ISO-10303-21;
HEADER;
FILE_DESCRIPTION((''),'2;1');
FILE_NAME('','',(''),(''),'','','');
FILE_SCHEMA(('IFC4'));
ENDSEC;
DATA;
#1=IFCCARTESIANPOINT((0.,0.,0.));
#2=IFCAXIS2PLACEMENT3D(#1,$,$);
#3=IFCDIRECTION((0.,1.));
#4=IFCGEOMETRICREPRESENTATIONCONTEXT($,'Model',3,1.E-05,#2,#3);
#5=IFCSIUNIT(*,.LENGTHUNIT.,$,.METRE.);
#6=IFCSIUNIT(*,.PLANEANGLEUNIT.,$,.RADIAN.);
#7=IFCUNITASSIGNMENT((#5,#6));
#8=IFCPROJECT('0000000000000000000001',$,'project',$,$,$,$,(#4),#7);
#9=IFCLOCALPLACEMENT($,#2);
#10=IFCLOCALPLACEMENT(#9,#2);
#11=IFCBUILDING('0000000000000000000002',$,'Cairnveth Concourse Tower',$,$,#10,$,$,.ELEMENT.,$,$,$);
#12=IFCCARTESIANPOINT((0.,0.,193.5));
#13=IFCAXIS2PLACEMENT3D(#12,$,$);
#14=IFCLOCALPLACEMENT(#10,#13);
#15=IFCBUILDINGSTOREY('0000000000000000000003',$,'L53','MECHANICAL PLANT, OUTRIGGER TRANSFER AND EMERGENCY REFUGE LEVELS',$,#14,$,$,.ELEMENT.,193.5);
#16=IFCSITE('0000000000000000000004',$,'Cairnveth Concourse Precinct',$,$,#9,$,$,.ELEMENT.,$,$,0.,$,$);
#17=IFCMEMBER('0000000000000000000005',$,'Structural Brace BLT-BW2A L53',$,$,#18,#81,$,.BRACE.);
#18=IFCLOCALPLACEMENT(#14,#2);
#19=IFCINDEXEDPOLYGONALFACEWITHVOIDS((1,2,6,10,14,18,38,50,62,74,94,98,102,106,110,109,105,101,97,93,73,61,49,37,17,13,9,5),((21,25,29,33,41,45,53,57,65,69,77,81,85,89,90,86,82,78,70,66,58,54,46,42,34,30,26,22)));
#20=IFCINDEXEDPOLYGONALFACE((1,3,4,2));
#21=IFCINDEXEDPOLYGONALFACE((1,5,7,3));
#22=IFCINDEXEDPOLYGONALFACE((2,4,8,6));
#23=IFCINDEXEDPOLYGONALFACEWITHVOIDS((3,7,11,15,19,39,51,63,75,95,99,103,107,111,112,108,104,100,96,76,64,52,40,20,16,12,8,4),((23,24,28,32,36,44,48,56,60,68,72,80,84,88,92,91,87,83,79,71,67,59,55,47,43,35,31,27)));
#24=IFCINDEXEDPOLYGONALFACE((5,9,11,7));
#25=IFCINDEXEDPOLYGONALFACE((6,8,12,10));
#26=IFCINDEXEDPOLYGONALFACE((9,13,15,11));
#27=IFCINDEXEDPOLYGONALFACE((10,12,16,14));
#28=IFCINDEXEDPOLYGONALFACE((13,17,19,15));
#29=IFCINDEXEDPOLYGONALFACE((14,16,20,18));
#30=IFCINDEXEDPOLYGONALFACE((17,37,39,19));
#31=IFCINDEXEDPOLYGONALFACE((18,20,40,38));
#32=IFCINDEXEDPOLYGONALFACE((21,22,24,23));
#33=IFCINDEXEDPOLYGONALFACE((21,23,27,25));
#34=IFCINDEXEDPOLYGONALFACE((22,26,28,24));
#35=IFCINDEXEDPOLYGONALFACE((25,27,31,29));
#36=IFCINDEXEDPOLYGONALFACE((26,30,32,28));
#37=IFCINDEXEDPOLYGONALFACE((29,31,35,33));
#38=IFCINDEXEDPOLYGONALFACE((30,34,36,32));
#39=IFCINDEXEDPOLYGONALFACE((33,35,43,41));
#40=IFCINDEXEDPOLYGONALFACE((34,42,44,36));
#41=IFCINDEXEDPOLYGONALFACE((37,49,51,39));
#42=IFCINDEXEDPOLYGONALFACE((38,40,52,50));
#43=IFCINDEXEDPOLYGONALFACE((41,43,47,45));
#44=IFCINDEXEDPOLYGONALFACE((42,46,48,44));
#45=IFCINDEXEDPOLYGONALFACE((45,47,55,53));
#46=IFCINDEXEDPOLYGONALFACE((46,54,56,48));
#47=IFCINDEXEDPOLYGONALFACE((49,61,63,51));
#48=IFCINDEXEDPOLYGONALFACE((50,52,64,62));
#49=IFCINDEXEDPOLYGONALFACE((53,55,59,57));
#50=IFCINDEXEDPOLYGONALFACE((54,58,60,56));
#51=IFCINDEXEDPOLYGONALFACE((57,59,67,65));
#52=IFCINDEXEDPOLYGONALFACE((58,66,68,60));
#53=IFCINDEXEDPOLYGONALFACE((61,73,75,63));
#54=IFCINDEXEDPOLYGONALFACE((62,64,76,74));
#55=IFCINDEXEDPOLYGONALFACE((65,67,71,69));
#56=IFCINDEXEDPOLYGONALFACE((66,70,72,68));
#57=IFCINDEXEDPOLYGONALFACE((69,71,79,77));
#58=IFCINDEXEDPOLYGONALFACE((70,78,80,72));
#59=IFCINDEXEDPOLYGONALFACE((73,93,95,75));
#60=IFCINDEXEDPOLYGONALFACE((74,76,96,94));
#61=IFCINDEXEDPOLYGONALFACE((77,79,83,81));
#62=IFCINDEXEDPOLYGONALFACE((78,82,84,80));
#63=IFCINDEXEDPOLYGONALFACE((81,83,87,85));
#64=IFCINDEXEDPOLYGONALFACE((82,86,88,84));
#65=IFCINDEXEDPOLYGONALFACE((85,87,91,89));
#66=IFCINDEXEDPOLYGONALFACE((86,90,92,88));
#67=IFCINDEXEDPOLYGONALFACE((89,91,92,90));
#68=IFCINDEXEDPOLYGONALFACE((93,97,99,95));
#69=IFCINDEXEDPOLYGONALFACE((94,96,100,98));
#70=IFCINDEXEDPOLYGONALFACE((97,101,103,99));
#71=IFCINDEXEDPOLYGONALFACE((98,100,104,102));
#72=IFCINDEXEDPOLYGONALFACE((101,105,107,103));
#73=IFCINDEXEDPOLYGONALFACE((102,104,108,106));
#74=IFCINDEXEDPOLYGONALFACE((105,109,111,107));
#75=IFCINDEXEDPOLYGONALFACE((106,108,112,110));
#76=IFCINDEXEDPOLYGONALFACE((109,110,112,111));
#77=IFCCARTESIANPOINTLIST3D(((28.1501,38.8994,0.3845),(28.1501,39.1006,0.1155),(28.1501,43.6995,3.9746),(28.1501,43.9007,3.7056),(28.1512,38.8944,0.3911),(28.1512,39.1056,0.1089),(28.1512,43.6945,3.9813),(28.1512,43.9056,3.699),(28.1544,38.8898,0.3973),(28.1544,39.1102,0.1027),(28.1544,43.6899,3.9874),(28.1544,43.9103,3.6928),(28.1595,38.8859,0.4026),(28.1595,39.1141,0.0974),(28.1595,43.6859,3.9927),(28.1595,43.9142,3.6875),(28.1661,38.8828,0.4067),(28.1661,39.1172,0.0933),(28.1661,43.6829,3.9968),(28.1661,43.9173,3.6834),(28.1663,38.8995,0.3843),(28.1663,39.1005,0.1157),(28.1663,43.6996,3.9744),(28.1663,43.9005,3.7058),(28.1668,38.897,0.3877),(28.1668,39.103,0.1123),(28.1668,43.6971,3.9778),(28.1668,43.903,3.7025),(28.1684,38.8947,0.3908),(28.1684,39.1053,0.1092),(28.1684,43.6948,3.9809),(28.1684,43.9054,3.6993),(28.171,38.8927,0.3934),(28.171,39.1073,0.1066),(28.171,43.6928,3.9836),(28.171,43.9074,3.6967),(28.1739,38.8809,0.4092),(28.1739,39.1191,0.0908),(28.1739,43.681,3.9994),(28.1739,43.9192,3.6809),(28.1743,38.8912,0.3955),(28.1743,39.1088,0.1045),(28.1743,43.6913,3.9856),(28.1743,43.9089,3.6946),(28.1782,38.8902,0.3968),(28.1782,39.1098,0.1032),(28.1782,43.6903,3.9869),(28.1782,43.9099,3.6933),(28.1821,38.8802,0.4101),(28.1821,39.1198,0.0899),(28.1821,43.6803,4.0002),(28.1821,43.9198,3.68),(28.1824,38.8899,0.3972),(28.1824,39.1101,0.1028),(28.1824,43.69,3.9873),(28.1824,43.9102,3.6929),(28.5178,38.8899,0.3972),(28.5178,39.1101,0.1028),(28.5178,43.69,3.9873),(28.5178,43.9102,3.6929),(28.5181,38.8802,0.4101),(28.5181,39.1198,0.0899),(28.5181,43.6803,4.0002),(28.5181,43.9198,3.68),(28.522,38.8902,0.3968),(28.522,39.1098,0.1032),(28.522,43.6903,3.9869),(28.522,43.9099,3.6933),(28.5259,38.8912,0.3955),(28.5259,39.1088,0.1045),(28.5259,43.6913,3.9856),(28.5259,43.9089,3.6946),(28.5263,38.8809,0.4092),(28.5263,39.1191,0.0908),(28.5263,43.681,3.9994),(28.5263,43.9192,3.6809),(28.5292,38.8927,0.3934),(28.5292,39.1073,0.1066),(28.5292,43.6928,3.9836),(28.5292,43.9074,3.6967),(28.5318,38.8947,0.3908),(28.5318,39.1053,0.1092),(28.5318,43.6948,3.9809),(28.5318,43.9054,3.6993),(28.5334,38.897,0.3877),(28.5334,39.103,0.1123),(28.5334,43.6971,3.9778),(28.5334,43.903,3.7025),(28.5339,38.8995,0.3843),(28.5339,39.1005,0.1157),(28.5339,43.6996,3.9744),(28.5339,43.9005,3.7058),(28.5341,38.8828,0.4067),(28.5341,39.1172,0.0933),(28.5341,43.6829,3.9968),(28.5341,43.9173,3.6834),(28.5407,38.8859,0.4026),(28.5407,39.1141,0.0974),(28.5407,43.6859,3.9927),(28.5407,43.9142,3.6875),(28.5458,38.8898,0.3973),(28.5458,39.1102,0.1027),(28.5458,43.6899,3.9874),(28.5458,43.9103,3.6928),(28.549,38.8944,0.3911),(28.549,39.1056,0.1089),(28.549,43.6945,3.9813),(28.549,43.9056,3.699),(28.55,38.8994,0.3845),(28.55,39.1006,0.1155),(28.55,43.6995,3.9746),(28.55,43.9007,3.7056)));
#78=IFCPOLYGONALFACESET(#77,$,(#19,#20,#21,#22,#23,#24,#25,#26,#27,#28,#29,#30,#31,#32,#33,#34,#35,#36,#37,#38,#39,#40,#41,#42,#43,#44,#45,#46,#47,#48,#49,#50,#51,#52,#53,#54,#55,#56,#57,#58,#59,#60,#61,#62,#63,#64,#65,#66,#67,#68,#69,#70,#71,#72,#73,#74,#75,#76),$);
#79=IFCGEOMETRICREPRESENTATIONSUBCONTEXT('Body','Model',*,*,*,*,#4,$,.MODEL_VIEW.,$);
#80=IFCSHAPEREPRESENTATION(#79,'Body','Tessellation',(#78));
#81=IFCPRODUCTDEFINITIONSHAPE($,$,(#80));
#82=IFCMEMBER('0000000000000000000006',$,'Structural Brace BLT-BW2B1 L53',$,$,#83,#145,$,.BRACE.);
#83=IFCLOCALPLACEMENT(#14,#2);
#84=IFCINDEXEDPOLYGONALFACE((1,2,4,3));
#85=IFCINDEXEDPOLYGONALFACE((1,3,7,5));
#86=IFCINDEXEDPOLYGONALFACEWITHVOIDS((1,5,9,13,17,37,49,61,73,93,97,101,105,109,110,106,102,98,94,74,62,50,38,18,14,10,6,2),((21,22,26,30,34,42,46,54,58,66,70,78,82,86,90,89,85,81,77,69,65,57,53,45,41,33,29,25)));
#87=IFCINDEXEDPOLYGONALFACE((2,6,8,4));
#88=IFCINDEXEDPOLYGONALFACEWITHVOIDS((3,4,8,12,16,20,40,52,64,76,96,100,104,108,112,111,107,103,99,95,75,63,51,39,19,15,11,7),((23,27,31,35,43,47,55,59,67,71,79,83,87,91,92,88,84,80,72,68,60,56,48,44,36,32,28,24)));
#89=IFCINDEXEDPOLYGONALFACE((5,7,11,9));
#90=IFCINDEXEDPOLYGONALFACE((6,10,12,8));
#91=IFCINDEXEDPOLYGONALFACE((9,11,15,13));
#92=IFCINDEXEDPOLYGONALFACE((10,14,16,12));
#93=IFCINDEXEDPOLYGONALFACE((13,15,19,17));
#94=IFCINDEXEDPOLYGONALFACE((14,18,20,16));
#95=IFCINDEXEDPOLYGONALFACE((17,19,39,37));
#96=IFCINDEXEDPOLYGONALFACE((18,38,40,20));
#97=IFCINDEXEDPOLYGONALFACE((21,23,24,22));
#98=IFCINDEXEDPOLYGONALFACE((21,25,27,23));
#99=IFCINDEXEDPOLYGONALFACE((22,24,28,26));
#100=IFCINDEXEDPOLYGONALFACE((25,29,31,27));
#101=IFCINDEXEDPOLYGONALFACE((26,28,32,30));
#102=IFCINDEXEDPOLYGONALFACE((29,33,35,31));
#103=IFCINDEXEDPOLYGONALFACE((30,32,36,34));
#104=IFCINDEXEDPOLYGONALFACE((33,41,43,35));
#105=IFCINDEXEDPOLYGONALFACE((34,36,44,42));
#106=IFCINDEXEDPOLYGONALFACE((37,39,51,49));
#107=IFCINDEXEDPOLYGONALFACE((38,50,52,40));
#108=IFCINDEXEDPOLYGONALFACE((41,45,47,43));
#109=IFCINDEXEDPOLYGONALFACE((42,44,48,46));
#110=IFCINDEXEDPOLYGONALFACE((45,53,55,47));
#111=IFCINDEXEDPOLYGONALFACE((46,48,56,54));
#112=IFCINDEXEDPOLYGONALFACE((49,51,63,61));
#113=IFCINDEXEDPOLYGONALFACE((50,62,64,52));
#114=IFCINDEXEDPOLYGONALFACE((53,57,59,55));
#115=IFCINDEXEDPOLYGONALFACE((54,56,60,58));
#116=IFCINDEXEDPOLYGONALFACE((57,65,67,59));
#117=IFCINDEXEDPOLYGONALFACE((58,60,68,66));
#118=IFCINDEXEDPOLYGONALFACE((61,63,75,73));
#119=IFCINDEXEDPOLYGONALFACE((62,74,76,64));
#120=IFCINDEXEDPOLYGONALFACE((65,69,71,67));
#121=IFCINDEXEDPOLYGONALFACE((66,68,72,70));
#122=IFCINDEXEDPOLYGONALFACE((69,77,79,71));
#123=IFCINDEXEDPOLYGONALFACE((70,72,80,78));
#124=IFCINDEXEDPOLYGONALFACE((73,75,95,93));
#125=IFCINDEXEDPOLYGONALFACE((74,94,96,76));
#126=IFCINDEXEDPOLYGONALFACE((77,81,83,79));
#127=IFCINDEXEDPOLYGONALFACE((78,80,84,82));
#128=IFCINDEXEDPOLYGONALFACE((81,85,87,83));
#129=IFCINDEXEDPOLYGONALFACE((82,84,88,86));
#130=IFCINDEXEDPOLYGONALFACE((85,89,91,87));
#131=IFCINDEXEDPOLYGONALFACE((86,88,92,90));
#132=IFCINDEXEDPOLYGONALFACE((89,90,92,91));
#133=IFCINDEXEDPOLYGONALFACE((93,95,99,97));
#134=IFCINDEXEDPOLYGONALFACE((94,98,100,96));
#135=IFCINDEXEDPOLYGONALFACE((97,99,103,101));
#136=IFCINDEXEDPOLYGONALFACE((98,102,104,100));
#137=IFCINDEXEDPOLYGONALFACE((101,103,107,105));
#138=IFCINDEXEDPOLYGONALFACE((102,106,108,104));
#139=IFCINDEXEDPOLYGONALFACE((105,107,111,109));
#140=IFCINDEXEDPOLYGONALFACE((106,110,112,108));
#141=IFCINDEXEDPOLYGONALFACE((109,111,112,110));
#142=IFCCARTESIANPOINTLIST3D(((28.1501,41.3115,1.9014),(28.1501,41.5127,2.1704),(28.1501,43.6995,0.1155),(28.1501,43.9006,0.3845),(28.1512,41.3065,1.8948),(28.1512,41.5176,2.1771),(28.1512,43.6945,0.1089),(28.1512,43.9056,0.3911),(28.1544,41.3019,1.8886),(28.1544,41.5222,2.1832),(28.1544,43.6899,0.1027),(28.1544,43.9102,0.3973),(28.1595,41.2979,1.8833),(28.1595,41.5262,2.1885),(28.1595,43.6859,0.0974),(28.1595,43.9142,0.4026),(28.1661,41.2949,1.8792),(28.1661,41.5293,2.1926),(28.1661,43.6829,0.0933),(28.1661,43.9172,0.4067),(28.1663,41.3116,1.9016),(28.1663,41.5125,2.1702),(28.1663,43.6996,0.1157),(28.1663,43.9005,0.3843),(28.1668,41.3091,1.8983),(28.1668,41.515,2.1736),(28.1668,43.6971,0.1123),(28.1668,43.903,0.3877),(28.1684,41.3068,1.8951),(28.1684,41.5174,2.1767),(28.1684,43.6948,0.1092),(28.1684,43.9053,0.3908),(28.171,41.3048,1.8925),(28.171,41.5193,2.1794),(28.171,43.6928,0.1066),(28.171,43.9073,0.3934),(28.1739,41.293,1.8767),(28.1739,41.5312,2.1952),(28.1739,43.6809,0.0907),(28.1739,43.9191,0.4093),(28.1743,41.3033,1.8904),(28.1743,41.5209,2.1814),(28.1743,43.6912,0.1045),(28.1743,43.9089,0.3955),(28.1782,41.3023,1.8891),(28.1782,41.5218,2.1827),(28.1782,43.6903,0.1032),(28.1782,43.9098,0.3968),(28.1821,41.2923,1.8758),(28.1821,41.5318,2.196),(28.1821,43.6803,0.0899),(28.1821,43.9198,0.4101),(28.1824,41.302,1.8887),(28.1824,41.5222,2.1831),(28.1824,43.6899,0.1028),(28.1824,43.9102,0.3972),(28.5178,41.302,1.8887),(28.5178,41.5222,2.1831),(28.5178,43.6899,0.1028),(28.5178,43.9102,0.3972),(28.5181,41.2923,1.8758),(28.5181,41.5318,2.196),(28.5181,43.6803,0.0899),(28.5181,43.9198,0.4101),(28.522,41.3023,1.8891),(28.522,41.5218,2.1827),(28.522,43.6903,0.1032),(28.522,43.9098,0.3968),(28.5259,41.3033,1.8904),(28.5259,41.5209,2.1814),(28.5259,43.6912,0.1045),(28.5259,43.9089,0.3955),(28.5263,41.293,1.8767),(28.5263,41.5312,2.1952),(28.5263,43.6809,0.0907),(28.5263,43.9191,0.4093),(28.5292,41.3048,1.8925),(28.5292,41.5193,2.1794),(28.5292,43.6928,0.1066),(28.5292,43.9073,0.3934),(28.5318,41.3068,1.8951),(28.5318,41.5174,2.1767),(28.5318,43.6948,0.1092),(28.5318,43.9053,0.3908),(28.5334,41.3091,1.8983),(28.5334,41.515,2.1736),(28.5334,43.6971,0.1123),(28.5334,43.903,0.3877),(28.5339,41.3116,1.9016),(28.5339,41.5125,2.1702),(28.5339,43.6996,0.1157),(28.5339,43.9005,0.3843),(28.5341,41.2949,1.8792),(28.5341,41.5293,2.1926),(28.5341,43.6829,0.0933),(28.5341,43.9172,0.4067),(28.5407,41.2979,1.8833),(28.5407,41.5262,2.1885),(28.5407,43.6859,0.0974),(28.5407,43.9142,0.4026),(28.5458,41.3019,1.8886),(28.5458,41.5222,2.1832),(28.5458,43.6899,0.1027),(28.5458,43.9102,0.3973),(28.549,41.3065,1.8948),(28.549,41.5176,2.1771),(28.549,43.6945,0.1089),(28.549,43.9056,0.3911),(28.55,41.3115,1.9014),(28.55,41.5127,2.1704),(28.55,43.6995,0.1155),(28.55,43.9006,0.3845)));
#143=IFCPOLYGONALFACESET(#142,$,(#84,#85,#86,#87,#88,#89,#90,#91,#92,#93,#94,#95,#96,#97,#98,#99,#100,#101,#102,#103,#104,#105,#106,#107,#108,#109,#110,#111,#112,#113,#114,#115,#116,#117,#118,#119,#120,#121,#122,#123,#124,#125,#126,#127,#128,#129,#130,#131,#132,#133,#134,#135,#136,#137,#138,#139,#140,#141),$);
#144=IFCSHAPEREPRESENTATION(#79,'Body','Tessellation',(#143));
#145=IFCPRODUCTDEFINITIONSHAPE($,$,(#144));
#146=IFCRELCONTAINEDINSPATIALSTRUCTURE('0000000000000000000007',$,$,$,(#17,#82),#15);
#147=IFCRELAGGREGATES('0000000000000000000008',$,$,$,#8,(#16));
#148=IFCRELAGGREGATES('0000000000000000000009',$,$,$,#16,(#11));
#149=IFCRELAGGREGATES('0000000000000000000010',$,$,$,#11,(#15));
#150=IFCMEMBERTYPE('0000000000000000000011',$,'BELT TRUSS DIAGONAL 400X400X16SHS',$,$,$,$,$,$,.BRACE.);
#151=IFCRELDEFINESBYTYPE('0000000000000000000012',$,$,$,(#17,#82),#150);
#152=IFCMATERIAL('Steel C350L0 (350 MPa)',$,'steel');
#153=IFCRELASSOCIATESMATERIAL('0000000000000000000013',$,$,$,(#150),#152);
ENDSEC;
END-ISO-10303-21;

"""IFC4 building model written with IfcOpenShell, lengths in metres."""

from ifc_helpers import new_model, si_unit, direction, frame, origin, origin_2d, place, context, subcontext, project, spatial, hollow_rectangle, extrude, material, material_profile, profile_set, type_object, element, save


model = new_model("IFC4")

# Units and contexts
model_context = context("Model", 3, precision=1e-05, world=origin(), true_north=direction((0.0, 1.0)))
body_context = subcontext(model_context, "Body", "Model", "MODEL_VIEW")
ifc_project = project(units=[si_unit("LENGTHUNIT", "METRE"), si_unit("PLANEANGLEUNIT", "RADIAN")], contexts=[model_context])

# Site, building, storey
site_placement = place(None, origin())
site = spatial("IfcSite", under=ifc_project, at=site_placement, Name="Cairnveth Concourse Precinct", CompositionType="ELEMENT", RefElevation=0.0)
building_placement = place(site_placement, origin())
building = spatial("IfcBuilding", under=site, at=building_placement, Name="Cairnveth Concourse Tower", CompositionType="ELEMENT")
storey_placement = place(building_placement, frame((0.0, 0.0, 193.5)))
storey = spatial("IfcBuildingStorey", under=building, at=storey_placement, Name="L53", Description="MECHANICAL PLANT, OUTRIGGER TRANSFER AND EMERGENCY REFUGE LEVELS", CompositionType="ELEMENT", Elevation=193.5)

# Members
ifc_material_1 = material(Name="Steel C350L0 (350 MPa)", Category="steel")
ifc_material_profile_1 = material_profile(ifc_material_1, hollow_rectangle(XDim=0.3999, YDim=0.3999, WallThickness=0.0161, InnerFilletRadius=0.0161, OuterFilletRadius=0.032, at=origin_2d()), Name="400x400x16.0SHS")
ifc_profile_set_1 = profile_set([ifc_material_profile_1], Name="Steel C350L0 (350 MPa)")
member_type_1 = type_object("IfcMemberType", Name="BELT TRUSS DIAGONAL 400X400X16SHS", PredefinedType="BRACE", material=ifc_profile_set_1)
member_1_placement = place(storey_placement, frame((28.3501, 39.0, 0.25), z_axis=(0.0, 0.800796, 0.598937), x_axis=(-1.0, 0.0, 0.0)))
element("IfcMember", 1, at=member_1_placement, inside=storey, type_object=member_type_1, Name="Structural Brace BLT-BW2A L53", PredefinedType="BRACE", context=body_context, shape_type="SweptSolid", body=[
    extrude(hollow_rectangle(XDim=0.3999, YDim=0.3999, WallThickness=0.0161, InnerFilletRadius=0.0161, OuterFilletRadius=0.032, at=origin_2d()), origin(), (0.0, 0.0, 1.0), 5.9941),
])
for number, where, z_axis, x_axis, name in (
    (2, (28.3501, 43.8, 0.25), (0.0, -0.800815, 0.598912), (1.0, 0.0, 0.0), "Structural Brace BLT-BW2B1 L53"),
):
    element("IfcMember", number, at=place(storey_placement, frame(where, z_axis=z_axis, x_axis=x_axis)), inside=storey, type_object=member_type_1, Name=name, PredefinedType="BRACE", context=body_context, shape_type="SweptSolid", body=[
        extrude(hollow_rectangle(XDim=0.3999, YDim=0.3999, WallThickness=0.0161, InnerFilletRadius=0.0161, OuterFilletRadius=0.032, at=origin_2d()), origin(), (0.0, 0.0, 1.0), 2.9819),
    ])

save(model, "model.ifc")
